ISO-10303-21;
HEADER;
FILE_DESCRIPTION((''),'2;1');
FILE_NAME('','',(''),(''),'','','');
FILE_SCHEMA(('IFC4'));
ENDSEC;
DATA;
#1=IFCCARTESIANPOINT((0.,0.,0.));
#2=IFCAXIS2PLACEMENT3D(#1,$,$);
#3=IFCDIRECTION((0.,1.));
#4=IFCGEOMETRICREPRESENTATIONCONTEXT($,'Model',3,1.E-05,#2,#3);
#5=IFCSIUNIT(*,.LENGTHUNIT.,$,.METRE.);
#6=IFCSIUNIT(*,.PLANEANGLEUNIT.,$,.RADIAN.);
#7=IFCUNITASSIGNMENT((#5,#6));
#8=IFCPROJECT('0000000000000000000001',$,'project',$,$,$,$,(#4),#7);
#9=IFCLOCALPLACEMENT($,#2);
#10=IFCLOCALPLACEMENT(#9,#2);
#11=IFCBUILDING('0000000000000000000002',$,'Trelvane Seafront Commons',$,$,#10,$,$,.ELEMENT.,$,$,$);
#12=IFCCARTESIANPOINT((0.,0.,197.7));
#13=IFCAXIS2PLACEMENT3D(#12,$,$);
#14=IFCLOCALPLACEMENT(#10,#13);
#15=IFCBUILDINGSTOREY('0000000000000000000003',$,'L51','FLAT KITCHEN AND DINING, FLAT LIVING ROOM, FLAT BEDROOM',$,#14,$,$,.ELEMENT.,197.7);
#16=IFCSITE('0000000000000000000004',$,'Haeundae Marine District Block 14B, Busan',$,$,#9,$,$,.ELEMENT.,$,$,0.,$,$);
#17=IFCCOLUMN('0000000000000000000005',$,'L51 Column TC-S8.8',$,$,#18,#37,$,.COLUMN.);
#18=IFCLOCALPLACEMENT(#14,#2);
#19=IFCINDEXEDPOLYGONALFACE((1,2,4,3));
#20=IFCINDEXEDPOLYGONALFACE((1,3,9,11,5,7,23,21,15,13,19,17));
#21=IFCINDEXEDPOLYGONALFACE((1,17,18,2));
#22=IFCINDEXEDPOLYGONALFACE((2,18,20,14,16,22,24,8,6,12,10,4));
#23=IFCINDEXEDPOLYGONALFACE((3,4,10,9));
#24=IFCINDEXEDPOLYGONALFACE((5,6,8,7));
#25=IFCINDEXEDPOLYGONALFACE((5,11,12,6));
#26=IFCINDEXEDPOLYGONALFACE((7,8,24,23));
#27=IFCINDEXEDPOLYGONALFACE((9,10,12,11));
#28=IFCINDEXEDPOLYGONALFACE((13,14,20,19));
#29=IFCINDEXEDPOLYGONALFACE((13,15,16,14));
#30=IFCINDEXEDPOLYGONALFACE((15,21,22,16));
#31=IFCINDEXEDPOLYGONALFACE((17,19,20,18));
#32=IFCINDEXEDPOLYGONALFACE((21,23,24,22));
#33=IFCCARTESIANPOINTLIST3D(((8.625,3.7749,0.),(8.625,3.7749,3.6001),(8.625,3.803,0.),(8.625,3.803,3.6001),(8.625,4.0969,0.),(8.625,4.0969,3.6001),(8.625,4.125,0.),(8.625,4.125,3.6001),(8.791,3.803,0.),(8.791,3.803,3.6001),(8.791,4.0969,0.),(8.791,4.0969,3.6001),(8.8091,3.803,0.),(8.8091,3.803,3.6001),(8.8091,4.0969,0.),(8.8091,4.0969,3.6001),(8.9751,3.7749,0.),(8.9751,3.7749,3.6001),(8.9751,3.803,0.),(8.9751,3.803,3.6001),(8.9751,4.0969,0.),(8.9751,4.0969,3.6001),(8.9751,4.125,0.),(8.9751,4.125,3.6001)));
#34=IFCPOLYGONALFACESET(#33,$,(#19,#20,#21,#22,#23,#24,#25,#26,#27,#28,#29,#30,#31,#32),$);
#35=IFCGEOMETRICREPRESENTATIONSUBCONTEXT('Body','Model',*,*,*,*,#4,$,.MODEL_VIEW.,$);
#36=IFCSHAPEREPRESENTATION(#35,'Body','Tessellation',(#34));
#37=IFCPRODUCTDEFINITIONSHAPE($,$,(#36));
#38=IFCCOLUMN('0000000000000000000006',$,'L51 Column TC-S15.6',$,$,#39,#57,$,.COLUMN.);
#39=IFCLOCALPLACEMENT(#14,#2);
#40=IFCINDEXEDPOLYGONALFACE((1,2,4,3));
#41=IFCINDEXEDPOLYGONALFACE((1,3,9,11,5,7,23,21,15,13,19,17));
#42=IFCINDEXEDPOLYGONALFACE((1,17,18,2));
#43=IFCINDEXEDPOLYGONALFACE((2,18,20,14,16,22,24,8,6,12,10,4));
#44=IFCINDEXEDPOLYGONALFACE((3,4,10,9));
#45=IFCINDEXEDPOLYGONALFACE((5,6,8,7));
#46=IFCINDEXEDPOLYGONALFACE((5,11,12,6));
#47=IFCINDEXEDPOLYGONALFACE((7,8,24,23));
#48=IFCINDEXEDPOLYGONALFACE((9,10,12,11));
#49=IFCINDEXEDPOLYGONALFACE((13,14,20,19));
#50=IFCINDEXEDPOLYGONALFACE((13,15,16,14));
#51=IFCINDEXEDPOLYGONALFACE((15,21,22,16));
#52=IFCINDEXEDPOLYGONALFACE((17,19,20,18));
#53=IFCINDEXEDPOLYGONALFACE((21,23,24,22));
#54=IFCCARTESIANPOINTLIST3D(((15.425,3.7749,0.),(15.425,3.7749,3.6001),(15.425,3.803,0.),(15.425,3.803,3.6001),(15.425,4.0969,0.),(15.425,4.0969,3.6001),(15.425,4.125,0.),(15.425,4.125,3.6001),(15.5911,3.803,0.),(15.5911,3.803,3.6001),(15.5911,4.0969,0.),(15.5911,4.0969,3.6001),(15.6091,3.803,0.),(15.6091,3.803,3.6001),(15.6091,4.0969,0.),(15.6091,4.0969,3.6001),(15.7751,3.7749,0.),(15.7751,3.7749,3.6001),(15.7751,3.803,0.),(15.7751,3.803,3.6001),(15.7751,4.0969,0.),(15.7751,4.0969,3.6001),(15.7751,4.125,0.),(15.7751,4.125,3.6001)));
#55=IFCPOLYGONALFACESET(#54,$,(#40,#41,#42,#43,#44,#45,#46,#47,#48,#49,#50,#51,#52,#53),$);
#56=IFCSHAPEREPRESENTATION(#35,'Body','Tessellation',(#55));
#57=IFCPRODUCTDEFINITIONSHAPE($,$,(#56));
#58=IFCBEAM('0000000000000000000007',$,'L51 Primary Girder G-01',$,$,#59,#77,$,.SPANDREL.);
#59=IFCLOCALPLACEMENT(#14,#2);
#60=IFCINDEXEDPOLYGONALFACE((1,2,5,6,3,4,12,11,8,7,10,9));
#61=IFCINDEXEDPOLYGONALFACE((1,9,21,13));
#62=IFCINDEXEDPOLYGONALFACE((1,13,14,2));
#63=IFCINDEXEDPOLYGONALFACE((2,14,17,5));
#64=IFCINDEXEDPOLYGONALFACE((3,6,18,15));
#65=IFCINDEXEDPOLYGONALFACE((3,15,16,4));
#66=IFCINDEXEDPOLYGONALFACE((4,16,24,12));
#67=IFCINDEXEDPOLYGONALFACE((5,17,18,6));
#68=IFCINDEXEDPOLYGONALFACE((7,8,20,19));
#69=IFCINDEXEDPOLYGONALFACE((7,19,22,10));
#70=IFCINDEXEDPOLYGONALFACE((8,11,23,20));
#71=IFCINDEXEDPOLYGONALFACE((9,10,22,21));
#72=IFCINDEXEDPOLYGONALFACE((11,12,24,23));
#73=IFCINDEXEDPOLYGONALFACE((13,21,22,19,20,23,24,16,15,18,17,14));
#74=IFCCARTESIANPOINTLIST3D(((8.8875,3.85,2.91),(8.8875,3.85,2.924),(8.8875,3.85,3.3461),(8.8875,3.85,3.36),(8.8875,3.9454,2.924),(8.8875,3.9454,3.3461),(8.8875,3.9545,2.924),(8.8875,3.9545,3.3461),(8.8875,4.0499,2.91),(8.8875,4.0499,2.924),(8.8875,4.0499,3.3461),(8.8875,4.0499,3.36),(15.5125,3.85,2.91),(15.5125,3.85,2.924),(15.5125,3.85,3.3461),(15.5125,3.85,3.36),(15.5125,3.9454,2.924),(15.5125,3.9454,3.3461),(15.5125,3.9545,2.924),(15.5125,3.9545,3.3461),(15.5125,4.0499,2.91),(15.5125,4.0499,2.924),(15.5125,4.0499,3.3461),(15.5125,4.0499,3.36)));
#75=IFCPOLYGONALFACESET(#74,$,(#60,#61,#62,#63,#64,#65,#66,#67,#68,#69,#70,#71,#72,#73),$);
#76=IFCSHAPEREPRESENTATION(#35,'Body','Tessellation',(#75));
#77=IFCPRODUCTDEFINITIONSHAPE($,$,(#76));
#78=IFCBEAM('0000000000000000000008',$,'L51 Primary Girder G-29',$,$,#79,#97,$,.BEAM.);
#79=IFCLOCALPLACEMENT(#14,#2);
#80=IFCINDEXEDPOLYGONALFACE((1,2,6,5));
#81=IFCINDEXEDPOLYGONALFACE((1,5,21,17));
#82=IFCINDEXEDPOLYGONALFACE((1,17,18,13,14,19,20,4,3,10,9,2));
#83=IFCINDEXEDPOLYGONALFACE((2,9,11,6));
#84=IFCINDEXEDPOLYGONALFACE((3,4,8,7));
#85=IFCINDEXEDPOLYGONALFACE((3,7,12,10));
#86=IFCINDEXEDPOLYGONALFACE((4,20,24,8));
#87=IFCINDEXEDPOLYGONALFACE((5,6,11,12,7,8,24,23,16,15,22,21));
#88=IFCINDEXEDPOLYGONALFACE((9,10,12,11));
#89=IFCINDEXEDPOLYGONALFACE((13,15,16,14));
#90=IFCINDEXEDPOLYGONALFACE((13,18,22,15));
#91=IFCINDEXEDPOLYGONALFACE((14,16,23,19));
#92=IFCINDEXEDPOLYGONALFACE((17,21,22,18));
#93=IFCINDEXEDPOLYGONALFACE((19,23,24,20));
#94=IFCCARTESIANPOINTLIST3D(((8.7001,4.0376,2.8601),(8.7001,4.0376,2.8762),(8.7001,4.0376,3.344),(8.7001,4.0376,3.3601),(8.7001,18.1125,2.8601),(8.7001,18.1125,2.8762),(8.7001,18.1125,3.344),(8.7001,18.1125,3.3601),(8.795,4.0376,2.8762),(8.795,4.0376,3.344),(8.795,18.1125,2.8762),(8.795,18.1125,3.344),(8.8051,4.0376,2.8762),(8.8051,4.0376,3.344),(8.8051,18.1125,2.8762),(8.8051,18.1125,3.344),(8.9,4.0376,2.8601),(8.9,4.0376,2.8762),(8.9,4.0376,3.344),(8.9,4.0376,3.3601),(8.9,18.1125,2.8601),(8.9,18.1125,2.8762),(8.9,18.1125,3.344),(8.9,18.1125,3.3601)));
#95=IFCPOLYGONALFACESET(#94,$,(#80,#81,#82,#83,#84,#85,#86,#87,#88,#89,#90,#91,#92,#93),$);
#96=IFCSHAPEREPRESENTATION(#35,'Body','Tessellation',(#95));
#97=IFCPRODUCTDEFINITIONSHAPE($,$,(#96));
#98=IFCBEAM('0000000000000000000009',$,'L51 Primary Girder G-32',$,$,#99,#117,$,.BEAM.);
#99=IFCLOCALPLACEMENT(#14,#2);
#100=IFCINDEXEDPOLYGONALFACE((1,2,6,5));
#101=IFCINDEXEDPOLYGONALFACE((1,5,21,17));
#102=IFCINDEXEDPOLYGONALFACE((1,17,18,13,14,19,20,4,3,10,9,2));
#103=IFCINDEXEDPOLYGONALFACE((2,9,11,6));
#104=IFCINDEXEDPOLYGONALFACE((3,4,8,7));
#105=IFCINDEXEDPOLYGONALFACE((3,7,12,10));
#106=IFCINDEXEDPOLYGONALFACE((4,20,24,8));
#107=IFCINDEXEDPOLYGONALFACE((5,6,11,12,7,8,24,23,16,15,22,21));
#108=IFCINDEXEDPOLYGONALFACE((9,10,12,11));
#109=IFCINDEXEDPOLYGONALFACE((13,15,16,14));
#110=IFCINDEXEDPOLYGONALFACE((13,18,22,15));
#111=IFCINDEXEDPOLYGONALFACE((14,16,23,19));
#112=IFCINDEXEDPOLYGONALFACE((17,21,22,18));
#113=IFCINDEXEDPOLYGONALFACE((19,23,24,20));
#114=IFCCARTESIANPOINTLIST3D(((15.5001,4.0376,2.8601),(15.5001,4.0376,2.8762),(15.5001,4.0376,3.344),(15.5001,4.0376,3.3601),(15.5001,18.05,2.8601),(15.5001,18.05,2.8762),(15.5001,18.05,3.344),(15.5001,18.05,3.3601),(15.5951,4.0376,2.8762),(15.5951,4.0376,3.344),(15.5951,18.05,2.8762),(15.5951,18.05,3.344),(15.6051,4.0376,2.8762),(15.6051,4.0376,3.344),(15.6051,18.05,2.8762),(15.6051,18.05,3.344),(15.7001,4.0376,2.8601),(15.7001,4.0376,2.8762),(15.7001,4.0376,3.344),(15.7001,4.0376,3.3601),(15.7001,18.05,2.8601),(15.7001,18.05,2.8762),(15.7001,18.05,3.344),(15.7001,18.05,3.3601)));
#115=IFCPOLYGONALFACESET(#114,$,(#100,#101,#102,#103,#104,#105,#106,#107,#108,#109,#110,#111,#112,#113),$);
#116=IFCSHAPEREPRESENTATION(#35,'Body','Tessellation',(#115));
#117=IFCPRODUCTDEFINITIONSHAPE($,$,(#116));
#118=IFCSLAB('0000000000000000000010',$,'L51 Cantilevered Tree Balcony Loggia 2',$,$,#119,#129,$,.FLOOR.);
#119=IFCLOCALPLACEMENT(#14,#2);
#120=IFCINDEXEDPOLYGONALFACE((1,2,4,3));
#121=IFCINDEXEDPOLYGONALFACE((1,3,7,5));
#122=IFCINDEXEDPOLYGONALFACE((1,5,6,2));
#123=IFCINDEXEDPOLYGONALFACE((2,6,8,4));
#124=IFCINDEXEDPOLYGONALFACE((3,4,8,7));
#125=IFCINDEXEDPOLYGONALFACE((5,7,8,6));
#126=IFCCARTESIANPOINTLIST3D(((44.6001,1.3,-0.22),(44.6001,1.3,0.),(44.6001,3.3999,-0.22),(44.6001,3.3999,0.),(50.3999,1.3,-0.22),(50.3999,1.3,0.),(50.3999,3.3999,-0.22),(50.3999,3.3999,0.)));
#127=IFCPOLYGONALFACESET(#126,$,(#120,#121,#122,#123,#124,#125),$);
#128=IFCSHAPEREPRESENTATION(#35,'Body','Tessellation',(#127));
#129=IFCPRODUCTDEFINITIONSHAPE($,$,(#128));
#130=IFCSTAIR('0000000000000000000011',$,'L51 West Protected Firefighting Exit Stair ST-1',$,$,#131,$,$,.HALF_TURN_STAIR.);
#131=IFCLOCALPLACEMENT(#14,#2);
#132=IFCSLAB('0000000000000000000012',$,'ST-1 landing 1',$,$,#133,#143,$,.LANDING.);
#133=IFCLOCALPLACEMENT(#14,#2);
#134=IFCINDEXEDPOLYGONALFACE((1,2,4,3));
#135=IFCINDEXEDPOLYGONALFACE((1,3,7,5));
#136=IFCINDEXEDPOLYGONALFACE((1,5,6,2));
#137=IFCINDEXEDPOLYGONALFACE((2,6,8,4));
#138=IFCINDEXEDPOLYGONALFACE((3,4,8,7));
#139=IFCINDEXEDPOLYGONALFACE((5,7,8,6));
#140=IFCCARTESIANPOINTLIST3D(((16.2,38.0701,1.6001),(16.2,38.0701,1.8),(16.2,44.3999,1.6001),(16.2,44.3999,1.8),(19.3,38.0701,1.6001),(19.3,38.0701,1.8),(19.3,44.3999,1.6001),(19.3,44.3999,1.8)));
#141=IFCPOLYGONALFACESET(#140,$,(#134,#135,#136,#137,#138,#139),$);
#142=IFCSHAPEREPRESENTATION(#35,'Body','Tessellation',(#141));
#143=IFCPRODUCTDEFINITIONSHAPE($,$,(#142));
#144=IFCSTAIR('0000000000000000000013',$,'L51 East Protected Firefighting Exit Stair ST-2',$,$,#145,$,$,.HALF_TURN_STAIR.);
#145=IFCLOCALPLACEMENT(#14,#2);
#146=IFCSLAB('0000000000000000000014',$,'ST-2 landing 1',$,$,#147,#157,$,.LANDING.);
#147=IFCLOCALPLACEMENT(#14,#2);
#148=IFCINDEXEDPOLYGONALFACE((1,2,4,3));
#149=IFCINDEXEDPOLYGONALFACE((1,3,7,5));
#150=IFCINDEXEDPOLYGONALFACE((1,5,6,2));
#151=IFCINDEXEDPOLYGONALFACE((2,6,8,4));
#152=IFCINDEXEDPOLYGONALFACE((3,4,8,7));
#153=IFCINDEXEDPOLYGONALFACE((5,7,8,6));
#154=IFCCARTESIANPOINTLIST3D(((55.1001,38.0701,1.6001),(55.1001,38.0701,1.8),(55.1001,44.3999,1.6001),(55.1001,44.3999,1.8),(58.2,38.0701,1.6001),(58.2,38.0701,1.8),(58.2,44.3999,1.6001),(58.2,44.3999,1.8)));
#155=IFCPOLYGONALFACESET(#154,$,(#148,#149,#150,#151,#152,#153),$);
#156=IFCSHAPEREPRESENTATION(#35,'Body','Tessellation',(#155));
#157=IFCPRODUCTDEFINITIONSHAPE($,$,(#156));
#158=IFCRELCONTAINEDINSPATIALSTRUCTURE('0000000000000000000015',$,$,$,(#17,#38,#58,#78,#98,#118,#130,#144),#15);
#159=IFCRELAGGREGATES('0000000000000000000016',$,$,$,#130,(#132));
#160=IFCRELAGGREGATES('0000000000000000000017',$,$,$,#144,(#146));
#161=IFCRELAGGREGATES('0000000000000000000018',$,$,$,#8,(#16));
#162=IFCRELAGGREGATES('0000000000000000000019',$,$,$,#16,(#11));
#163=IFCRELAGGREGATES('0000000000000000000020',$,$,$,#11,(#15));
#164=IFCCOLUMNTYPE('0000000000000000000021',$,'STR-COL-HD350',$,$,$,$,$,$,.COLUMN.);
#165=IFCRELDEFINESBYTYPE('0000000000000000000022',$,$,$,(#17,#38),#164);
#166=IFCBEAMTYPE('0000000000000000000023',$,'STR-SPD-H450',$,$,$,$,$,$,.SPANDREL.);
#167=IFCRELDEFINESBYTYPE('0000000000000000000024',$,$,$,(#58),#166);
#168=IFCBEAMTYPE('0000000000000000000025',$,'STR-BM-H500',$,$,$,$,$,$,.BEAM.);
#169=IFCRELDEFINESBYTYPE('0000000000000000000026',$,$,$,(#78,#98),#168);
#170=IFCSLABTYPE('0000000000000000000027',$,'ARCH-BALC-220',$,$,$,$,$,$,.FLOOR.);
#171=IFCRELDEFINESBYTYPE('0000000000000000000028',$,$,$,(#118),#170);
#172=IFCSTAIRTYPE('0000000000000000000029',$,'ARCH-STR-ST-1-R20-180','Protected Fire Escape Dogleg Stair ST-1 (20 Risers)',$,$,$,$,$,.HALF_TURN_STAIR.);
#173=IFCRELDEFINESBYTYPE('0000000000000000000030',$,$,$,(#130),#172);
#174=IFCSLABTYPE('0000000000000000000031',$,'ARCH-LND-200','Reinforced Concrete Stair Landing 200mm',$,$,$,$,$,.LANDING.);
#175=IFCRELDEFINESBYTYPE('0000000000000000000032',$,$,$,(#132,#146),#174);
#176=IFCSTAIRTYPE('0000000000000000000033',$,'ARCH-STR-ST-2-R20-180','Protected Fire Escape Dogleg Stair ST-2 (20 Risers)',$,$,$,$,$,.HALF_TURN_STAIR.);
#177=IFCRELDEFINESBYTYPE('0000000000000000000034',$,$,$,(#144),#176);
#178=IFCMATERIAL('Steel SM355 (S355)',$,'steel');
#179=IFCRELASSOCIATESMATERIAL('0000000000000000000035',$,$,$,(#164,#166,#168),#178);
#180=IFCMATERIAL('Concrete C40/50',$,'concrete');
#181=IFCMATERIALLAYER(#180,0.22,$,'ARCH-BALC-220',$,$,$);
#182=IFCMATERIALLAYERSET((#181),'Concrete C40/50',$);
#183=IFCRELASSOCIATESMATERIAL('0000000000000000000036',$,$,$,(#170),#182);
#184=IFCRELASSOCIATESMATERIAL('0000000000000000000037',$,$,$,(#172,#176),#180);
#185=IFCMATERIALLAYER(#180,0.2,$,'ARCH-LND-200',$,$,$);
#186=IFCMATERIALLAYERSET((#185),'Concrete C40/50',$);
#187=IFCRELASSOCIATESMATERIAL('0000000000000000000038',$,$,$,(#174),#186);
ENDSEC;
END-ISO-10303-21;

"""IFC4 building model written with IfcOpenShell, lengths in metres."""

from ifc_helpers import new_model, si_unit, direction, frame, origin, origin_2d, place, context, subcontext, project, spatial, polyline, i_section, outline, extrude, source, transform, mapped, material, layer, layer_set, material_profile, profile_set, type_object, element, aggregate, save


model = new_model("IFC4")

# Units and contexts
model_context = context("Model", 3, precision=1e-05, world=origin(), true_north=direction((0.0, 1.0)))
body_context = subcontext(model_context, "Body", "Model", "MODEL_VIEW")
ifc_project = project(units=[si_unit("LENGTHUNIT", "METRE"), si_unit("PLANEANGLEUNIT", "RADIAN")], contexts=[model_context])

# Site, building, storey
site_placement = place(None, origin())
site = spatial("IfcSite", under=ifc_project, at=site_placement, Name="Haeundae Marine District Block 14B, Busan", CompositionType="ELEMENT", RefElevation=0.0)
building_placement = place(site_placement, origin())
building = spatial("IfcBuilding", under=site, at=building_placement, Name="Trelvane Seafront Commons", CompositionType="ELEMENT")
storey_placement = place(building_placement, frame((0.0, 0.0, 197.7)))
storey = spatial("IfcBuildingStorey", under=building, at=storey_placement, Name="L51", Description="FLAT KITCHEN AND DINING, FLAT LIVING ROOM, FLAT BEDROOM", CompositionType="ELEMENT", Elevation=197.7)

# Columns
ifc_material_1 = material(Name="Steel SM355 (S355)", Category="steel")
ifc_material_profile_1 = material_profile(ifc_material_1, i_section(OverallWidth=0.3501, OverallDepth=0.3501, WebThickness=0.0181, FlangeThickness=0.0281, at=origin_2d()), Name="HD-350x350x18x28")
ifc_profile_set_1 = profile_set([ifc_material_profile_1], Name="Steel SM355 (S355)")
column_type = type_object("IfcColumnType", Name="STR-COL-HD350", PredefinedType="COLUMN", material=ifc_profile_set_1)
shared_shape_1 = source(origin(), body_context, "Body", "SweptSolid", [
    extrude(i_section(OverallWidth=0.3501, OverallDepth=0.3501, WebThickness=0.0181, FlangeThickness=0.0281, at=origin_2d()), origin(), (0.0, 0.0, 1.0), 3.6001),
])
for number, where, z_axis, x_axis, name in (
    (1, (8.8, 3.95, 0.0), (0.0, 0.0, 1.0), (1.0, 0.0, 0.0), "L51 Column TC-S8.8"),
    (2, (15.6001, 3.95, 0.0), (0.0, 0.0, 1.0), (1.0, 0.0, 0.0), "L51 Column TC-S15.6"),
):
    element("IfcColumn", number, at=place(storey_placement, frame(where, z_axis=z_axis, x_axis=x_axis)), inside=storey, type_object=column_type, Name=name, PredefinedType="COLUMN", context=body_context, shape_type="MappedRepresentation", body=[
        mapped(shared_shape_1, transform((0.0, 0.0, 0.0), x_axis=(1.0, 0.0, 0.0), y_axis=(0.0, 1.0, 0.0), z_axis=(0.0, 0.0, 1.0), scale=1.0)),
    ])

# Beams
ifc_material_profile_2 = material_profile(ifc_material_1, i_section(OverallWidth=0.2, OverallDepth=0.45, WebThickness=0.009, FlangeThickness=0.0139, at=origin_2d()), Name="H-450x200x9x14")
ifc_profile_set_2 = profile_set([ifc_material_profile_2], Name="Steel SM355 (S355)")
beam_type_1 = type_object("IfcBeamType", Name="STR-SPD-H450", PredefinedType="SPANDREL", material=ifc_profile_set_2)
shared_shape_2 = source(origin(), body_context, "Body", "SweptSolid", [
    extrude(i_section(OverallWidth=0.2, OverallDepth=0.45, WebThickness=0.009, FlangeThickness=0.0139, at=origin_2d()), origin(), (0.0, 0.0, 1.0), 6.625),
])
beam_1_placement = place(storey_placement, frame((8.8875, 3.95, 3.135), z_axis=(1.0, 0.0, 0.0), x_axis=(0.0, 1.0, 0.0)))
element("IfcBeam", 3, at=beam_1_placement, inside=storey, type_object=beam_type_1, Name="L51 Primary Girder G-01", PredefinedType="SPANDREL", context=body_context, shape_type="MappedRepresentation", body=[
    mapped(shared_shape_2, transform((0.0, 0.0, 0.0), x_axis=(1.0, 0.0, 0.0), y_axis=(0.0, 1.0, 0.0), z_axis=(0.0, 0.0, 1.0), scale=1.0)),
])
ifc_material_profile_3 = material_profile(ifc_material_1, i_section(OverallWidth=0.2, OverallDepth=0.5, WebThickness=0.01, FlangeThickness=0.0161, at=origin_2d()), Name="H-500x200x10x16")
ifc_profile_set_3 = profile_set([ifc_material_profile_3], Name="Steel SM355 (S355)")
beam_type_2 = type_object("IfcBeamType", Name="STR-BM-H500", PredefinedType="BEAM", material=ifc_profile_set_3)
shared_shape_3 = source(origin(), body_context, "Body", "SweptSolid", [
    extrude(i_section(OverallWidth=0.2, OverallDepth=0.5, WebThickness=0.01, FlangeThickness=0.0161, at=origin_2d()), origin(), (0.0, 0.0, 1.0), 14.075),
])
beam_2_placement = place(storey_placement, frame((8.8, 4.0376, 3.1101), z_axis=(0.0, 1.0, 0.0), x_axis=(-1.0, 0.0, 0.0)))
element("IfcBeam", 4, at=beam_2_placement, inside=storey, type_object=beam_type_2, Name="L51 Primary Girder G-29", PredefinedType="BEAM", context=body_context, shape_type="MappedRepresentation", body=[
    mapped(shared_shape_3, transform((0.0, 0.0, 0.0), x_axis=(1.0, 0.0, 0.0), y_axis=(0.0, 1.0, 0.0), z_axis=(0.0, 0.0, 1.0), scale=1.0)),
])
shared_shape_4 = source(origin(), body_context, "Body", "SweptSolid", [
    extrude(i_section(OverallWidth=0.2, OverallDepth=0.5, WebThickness=0.01, FlangeThickness=0.0161, at=origin_2d()), origin(), (0.0, 0.0, 1.0), 14.0125),
])
beam_3_placement = place(storey_placement, frame((15.6001, 4.0376, 3.1101), z_axis=(0.0, 1.0, 0.0), x_axis=(-1.0, 0.0, 0.0)))
element("IfcBeam", 5, at=beam_3_placement, inside=storey, type_object=beam_type_2, Name="L51 Primary Girder G-32", PredefinedType="BEAM", context=body_context, shape_type="MappedRepresentation", body=[
    mapped(shared_shape_4, transform((0.0, 0.0, 0.0), x_axis=(1.0, 0.0, 0.0), y_axis=(0.0, 1.0, 0.0), z_axis=(0.0, 0.0, 1.0), scale=1.0)),
])

# Slab
ifc_material_2 = material(Name="Concrete C40/50", Category="concrete")
ifc_layer_1 = layer(ifc_material_2, 0.22, Name="ARCH-BALC-220")
ifc_layer_set_1 = layer_set([ifc_layer_1], Name="Concrete C40/50")
slab_type_1 = type_object("IfcSlabType", Name="ARCH-BALC-220", PredefinedType="FLOOR", material=ifc_layer_set_1)
slab_1_placement = place(storey_placement, frame((0.0, 0.0, -0.22)))
element("IfcSlab", 6, at=slab_1_placement, inside=storey, type_object=slab_type_1, Name="L51 Cantilevered Tree Balcony Loggia 2", PredefinedType="FLOOR", context=body_context, shape_type="SweptSolid", body=[
    extrude(outline(polyline([(44.6001, 1.3), (50.3999, 1.3), (50.3999, 3.3999), (44.6001, 3.3999), (44.6001, 1.3)])), origin(), (0.0, 0.0, 1.0), 0.22),
])

# Stairs, slabs
stair_type_1 = type_object("IfcStairType", Name="ARCH-STR-ST-1-R20-180", Description="Protected Fire Escape Dogleg Stair ST-1 (20 Risers)", PredefinedType="HALF_TURN_STAIR", material=ifc_material_2)
stair_1_placement = place(storey_placement, origin())
stair_1 = element("IfcStair", 7, at=stair_1_placement, inside=storey, type_object=stair_type_1, Name="L51 West Protected Firefighting Exit Stair ST-1", PredefinedType="HALF_TURN_STAIR")
ifc_layer_2 = layer(ifc_material_2, 0.2, Name="ARCH-LND-200")
ifc_layer_set_2 = layer_set([ifc_layer_2], Name="Concrete C40/50")
slab_type_2 = type_object("IfcSlabType", Name="ARCH-LND-200", Description="Reinforced Concrete Stair Landing 200mm", PredefinedType="LANDING", material=ifc_layer_set_2)
slab_2_placement = place(storey_placement, frame((0.0, 0.0, 1.6001)))
slab_2 = element("IfcSlab", 8, at=slab_2_placement, type_object=slab_type_2, Name="ST-1 landing 1", PredefinedType="LANDING", context=body_context, shape_type="SweptSolid", body=[
    extrude(outline(polyline([(19.3, 38.0701), (19.3, 44.3999), (16.2, 44.3999), (16.2, 38.0701), (19.3, 38.0701)])), origin(), (0.0, 0.0, 1.0), 0.2),
])
aggregate(stair_1, [slab_2])
stair_type_2 = type_object("IfcStairType", Name="ARCH-STR-ST-2-R20-180", Description="Protected Fire Escape Dogleg Stair ST-2 (20 Risers)", PredefinedType="HALF_TURN_STAIR", material=ifc_material_2)
stair_2_placement = place(storey_placement, origin())
stair_2 = element("IfcStair", 9, at=stair_2_placement, inside=storey, type_object=stair_type_2, Name="L51 East Protected Firefighting Exit Stair ST-2", PredefinedType="HALF_TURN_STAIR")
slab_3_placement = place(storey_placement, frame((0.0, 0.0, 1.6001)))
slab_3 = element("IfcSlab", 10, at=slab_3_placement, type_object=slab_type_2, Name="ST-2 landing 1", PredefinedType="LANDING", context=body_context, shape_type="SweptSolid", body=[
    extrude(outline(polyline([(58.2, 38.0701), (58.2, 44.3999), (55.1001, 44.3999), (55.1001, 38.0701), (58.2, 38.0701)])), origin(), (0.0, 0.0, 1.0), 0.2),
])
aggregate(stair_2, [slab_3])

save(model, "model.ifc")
